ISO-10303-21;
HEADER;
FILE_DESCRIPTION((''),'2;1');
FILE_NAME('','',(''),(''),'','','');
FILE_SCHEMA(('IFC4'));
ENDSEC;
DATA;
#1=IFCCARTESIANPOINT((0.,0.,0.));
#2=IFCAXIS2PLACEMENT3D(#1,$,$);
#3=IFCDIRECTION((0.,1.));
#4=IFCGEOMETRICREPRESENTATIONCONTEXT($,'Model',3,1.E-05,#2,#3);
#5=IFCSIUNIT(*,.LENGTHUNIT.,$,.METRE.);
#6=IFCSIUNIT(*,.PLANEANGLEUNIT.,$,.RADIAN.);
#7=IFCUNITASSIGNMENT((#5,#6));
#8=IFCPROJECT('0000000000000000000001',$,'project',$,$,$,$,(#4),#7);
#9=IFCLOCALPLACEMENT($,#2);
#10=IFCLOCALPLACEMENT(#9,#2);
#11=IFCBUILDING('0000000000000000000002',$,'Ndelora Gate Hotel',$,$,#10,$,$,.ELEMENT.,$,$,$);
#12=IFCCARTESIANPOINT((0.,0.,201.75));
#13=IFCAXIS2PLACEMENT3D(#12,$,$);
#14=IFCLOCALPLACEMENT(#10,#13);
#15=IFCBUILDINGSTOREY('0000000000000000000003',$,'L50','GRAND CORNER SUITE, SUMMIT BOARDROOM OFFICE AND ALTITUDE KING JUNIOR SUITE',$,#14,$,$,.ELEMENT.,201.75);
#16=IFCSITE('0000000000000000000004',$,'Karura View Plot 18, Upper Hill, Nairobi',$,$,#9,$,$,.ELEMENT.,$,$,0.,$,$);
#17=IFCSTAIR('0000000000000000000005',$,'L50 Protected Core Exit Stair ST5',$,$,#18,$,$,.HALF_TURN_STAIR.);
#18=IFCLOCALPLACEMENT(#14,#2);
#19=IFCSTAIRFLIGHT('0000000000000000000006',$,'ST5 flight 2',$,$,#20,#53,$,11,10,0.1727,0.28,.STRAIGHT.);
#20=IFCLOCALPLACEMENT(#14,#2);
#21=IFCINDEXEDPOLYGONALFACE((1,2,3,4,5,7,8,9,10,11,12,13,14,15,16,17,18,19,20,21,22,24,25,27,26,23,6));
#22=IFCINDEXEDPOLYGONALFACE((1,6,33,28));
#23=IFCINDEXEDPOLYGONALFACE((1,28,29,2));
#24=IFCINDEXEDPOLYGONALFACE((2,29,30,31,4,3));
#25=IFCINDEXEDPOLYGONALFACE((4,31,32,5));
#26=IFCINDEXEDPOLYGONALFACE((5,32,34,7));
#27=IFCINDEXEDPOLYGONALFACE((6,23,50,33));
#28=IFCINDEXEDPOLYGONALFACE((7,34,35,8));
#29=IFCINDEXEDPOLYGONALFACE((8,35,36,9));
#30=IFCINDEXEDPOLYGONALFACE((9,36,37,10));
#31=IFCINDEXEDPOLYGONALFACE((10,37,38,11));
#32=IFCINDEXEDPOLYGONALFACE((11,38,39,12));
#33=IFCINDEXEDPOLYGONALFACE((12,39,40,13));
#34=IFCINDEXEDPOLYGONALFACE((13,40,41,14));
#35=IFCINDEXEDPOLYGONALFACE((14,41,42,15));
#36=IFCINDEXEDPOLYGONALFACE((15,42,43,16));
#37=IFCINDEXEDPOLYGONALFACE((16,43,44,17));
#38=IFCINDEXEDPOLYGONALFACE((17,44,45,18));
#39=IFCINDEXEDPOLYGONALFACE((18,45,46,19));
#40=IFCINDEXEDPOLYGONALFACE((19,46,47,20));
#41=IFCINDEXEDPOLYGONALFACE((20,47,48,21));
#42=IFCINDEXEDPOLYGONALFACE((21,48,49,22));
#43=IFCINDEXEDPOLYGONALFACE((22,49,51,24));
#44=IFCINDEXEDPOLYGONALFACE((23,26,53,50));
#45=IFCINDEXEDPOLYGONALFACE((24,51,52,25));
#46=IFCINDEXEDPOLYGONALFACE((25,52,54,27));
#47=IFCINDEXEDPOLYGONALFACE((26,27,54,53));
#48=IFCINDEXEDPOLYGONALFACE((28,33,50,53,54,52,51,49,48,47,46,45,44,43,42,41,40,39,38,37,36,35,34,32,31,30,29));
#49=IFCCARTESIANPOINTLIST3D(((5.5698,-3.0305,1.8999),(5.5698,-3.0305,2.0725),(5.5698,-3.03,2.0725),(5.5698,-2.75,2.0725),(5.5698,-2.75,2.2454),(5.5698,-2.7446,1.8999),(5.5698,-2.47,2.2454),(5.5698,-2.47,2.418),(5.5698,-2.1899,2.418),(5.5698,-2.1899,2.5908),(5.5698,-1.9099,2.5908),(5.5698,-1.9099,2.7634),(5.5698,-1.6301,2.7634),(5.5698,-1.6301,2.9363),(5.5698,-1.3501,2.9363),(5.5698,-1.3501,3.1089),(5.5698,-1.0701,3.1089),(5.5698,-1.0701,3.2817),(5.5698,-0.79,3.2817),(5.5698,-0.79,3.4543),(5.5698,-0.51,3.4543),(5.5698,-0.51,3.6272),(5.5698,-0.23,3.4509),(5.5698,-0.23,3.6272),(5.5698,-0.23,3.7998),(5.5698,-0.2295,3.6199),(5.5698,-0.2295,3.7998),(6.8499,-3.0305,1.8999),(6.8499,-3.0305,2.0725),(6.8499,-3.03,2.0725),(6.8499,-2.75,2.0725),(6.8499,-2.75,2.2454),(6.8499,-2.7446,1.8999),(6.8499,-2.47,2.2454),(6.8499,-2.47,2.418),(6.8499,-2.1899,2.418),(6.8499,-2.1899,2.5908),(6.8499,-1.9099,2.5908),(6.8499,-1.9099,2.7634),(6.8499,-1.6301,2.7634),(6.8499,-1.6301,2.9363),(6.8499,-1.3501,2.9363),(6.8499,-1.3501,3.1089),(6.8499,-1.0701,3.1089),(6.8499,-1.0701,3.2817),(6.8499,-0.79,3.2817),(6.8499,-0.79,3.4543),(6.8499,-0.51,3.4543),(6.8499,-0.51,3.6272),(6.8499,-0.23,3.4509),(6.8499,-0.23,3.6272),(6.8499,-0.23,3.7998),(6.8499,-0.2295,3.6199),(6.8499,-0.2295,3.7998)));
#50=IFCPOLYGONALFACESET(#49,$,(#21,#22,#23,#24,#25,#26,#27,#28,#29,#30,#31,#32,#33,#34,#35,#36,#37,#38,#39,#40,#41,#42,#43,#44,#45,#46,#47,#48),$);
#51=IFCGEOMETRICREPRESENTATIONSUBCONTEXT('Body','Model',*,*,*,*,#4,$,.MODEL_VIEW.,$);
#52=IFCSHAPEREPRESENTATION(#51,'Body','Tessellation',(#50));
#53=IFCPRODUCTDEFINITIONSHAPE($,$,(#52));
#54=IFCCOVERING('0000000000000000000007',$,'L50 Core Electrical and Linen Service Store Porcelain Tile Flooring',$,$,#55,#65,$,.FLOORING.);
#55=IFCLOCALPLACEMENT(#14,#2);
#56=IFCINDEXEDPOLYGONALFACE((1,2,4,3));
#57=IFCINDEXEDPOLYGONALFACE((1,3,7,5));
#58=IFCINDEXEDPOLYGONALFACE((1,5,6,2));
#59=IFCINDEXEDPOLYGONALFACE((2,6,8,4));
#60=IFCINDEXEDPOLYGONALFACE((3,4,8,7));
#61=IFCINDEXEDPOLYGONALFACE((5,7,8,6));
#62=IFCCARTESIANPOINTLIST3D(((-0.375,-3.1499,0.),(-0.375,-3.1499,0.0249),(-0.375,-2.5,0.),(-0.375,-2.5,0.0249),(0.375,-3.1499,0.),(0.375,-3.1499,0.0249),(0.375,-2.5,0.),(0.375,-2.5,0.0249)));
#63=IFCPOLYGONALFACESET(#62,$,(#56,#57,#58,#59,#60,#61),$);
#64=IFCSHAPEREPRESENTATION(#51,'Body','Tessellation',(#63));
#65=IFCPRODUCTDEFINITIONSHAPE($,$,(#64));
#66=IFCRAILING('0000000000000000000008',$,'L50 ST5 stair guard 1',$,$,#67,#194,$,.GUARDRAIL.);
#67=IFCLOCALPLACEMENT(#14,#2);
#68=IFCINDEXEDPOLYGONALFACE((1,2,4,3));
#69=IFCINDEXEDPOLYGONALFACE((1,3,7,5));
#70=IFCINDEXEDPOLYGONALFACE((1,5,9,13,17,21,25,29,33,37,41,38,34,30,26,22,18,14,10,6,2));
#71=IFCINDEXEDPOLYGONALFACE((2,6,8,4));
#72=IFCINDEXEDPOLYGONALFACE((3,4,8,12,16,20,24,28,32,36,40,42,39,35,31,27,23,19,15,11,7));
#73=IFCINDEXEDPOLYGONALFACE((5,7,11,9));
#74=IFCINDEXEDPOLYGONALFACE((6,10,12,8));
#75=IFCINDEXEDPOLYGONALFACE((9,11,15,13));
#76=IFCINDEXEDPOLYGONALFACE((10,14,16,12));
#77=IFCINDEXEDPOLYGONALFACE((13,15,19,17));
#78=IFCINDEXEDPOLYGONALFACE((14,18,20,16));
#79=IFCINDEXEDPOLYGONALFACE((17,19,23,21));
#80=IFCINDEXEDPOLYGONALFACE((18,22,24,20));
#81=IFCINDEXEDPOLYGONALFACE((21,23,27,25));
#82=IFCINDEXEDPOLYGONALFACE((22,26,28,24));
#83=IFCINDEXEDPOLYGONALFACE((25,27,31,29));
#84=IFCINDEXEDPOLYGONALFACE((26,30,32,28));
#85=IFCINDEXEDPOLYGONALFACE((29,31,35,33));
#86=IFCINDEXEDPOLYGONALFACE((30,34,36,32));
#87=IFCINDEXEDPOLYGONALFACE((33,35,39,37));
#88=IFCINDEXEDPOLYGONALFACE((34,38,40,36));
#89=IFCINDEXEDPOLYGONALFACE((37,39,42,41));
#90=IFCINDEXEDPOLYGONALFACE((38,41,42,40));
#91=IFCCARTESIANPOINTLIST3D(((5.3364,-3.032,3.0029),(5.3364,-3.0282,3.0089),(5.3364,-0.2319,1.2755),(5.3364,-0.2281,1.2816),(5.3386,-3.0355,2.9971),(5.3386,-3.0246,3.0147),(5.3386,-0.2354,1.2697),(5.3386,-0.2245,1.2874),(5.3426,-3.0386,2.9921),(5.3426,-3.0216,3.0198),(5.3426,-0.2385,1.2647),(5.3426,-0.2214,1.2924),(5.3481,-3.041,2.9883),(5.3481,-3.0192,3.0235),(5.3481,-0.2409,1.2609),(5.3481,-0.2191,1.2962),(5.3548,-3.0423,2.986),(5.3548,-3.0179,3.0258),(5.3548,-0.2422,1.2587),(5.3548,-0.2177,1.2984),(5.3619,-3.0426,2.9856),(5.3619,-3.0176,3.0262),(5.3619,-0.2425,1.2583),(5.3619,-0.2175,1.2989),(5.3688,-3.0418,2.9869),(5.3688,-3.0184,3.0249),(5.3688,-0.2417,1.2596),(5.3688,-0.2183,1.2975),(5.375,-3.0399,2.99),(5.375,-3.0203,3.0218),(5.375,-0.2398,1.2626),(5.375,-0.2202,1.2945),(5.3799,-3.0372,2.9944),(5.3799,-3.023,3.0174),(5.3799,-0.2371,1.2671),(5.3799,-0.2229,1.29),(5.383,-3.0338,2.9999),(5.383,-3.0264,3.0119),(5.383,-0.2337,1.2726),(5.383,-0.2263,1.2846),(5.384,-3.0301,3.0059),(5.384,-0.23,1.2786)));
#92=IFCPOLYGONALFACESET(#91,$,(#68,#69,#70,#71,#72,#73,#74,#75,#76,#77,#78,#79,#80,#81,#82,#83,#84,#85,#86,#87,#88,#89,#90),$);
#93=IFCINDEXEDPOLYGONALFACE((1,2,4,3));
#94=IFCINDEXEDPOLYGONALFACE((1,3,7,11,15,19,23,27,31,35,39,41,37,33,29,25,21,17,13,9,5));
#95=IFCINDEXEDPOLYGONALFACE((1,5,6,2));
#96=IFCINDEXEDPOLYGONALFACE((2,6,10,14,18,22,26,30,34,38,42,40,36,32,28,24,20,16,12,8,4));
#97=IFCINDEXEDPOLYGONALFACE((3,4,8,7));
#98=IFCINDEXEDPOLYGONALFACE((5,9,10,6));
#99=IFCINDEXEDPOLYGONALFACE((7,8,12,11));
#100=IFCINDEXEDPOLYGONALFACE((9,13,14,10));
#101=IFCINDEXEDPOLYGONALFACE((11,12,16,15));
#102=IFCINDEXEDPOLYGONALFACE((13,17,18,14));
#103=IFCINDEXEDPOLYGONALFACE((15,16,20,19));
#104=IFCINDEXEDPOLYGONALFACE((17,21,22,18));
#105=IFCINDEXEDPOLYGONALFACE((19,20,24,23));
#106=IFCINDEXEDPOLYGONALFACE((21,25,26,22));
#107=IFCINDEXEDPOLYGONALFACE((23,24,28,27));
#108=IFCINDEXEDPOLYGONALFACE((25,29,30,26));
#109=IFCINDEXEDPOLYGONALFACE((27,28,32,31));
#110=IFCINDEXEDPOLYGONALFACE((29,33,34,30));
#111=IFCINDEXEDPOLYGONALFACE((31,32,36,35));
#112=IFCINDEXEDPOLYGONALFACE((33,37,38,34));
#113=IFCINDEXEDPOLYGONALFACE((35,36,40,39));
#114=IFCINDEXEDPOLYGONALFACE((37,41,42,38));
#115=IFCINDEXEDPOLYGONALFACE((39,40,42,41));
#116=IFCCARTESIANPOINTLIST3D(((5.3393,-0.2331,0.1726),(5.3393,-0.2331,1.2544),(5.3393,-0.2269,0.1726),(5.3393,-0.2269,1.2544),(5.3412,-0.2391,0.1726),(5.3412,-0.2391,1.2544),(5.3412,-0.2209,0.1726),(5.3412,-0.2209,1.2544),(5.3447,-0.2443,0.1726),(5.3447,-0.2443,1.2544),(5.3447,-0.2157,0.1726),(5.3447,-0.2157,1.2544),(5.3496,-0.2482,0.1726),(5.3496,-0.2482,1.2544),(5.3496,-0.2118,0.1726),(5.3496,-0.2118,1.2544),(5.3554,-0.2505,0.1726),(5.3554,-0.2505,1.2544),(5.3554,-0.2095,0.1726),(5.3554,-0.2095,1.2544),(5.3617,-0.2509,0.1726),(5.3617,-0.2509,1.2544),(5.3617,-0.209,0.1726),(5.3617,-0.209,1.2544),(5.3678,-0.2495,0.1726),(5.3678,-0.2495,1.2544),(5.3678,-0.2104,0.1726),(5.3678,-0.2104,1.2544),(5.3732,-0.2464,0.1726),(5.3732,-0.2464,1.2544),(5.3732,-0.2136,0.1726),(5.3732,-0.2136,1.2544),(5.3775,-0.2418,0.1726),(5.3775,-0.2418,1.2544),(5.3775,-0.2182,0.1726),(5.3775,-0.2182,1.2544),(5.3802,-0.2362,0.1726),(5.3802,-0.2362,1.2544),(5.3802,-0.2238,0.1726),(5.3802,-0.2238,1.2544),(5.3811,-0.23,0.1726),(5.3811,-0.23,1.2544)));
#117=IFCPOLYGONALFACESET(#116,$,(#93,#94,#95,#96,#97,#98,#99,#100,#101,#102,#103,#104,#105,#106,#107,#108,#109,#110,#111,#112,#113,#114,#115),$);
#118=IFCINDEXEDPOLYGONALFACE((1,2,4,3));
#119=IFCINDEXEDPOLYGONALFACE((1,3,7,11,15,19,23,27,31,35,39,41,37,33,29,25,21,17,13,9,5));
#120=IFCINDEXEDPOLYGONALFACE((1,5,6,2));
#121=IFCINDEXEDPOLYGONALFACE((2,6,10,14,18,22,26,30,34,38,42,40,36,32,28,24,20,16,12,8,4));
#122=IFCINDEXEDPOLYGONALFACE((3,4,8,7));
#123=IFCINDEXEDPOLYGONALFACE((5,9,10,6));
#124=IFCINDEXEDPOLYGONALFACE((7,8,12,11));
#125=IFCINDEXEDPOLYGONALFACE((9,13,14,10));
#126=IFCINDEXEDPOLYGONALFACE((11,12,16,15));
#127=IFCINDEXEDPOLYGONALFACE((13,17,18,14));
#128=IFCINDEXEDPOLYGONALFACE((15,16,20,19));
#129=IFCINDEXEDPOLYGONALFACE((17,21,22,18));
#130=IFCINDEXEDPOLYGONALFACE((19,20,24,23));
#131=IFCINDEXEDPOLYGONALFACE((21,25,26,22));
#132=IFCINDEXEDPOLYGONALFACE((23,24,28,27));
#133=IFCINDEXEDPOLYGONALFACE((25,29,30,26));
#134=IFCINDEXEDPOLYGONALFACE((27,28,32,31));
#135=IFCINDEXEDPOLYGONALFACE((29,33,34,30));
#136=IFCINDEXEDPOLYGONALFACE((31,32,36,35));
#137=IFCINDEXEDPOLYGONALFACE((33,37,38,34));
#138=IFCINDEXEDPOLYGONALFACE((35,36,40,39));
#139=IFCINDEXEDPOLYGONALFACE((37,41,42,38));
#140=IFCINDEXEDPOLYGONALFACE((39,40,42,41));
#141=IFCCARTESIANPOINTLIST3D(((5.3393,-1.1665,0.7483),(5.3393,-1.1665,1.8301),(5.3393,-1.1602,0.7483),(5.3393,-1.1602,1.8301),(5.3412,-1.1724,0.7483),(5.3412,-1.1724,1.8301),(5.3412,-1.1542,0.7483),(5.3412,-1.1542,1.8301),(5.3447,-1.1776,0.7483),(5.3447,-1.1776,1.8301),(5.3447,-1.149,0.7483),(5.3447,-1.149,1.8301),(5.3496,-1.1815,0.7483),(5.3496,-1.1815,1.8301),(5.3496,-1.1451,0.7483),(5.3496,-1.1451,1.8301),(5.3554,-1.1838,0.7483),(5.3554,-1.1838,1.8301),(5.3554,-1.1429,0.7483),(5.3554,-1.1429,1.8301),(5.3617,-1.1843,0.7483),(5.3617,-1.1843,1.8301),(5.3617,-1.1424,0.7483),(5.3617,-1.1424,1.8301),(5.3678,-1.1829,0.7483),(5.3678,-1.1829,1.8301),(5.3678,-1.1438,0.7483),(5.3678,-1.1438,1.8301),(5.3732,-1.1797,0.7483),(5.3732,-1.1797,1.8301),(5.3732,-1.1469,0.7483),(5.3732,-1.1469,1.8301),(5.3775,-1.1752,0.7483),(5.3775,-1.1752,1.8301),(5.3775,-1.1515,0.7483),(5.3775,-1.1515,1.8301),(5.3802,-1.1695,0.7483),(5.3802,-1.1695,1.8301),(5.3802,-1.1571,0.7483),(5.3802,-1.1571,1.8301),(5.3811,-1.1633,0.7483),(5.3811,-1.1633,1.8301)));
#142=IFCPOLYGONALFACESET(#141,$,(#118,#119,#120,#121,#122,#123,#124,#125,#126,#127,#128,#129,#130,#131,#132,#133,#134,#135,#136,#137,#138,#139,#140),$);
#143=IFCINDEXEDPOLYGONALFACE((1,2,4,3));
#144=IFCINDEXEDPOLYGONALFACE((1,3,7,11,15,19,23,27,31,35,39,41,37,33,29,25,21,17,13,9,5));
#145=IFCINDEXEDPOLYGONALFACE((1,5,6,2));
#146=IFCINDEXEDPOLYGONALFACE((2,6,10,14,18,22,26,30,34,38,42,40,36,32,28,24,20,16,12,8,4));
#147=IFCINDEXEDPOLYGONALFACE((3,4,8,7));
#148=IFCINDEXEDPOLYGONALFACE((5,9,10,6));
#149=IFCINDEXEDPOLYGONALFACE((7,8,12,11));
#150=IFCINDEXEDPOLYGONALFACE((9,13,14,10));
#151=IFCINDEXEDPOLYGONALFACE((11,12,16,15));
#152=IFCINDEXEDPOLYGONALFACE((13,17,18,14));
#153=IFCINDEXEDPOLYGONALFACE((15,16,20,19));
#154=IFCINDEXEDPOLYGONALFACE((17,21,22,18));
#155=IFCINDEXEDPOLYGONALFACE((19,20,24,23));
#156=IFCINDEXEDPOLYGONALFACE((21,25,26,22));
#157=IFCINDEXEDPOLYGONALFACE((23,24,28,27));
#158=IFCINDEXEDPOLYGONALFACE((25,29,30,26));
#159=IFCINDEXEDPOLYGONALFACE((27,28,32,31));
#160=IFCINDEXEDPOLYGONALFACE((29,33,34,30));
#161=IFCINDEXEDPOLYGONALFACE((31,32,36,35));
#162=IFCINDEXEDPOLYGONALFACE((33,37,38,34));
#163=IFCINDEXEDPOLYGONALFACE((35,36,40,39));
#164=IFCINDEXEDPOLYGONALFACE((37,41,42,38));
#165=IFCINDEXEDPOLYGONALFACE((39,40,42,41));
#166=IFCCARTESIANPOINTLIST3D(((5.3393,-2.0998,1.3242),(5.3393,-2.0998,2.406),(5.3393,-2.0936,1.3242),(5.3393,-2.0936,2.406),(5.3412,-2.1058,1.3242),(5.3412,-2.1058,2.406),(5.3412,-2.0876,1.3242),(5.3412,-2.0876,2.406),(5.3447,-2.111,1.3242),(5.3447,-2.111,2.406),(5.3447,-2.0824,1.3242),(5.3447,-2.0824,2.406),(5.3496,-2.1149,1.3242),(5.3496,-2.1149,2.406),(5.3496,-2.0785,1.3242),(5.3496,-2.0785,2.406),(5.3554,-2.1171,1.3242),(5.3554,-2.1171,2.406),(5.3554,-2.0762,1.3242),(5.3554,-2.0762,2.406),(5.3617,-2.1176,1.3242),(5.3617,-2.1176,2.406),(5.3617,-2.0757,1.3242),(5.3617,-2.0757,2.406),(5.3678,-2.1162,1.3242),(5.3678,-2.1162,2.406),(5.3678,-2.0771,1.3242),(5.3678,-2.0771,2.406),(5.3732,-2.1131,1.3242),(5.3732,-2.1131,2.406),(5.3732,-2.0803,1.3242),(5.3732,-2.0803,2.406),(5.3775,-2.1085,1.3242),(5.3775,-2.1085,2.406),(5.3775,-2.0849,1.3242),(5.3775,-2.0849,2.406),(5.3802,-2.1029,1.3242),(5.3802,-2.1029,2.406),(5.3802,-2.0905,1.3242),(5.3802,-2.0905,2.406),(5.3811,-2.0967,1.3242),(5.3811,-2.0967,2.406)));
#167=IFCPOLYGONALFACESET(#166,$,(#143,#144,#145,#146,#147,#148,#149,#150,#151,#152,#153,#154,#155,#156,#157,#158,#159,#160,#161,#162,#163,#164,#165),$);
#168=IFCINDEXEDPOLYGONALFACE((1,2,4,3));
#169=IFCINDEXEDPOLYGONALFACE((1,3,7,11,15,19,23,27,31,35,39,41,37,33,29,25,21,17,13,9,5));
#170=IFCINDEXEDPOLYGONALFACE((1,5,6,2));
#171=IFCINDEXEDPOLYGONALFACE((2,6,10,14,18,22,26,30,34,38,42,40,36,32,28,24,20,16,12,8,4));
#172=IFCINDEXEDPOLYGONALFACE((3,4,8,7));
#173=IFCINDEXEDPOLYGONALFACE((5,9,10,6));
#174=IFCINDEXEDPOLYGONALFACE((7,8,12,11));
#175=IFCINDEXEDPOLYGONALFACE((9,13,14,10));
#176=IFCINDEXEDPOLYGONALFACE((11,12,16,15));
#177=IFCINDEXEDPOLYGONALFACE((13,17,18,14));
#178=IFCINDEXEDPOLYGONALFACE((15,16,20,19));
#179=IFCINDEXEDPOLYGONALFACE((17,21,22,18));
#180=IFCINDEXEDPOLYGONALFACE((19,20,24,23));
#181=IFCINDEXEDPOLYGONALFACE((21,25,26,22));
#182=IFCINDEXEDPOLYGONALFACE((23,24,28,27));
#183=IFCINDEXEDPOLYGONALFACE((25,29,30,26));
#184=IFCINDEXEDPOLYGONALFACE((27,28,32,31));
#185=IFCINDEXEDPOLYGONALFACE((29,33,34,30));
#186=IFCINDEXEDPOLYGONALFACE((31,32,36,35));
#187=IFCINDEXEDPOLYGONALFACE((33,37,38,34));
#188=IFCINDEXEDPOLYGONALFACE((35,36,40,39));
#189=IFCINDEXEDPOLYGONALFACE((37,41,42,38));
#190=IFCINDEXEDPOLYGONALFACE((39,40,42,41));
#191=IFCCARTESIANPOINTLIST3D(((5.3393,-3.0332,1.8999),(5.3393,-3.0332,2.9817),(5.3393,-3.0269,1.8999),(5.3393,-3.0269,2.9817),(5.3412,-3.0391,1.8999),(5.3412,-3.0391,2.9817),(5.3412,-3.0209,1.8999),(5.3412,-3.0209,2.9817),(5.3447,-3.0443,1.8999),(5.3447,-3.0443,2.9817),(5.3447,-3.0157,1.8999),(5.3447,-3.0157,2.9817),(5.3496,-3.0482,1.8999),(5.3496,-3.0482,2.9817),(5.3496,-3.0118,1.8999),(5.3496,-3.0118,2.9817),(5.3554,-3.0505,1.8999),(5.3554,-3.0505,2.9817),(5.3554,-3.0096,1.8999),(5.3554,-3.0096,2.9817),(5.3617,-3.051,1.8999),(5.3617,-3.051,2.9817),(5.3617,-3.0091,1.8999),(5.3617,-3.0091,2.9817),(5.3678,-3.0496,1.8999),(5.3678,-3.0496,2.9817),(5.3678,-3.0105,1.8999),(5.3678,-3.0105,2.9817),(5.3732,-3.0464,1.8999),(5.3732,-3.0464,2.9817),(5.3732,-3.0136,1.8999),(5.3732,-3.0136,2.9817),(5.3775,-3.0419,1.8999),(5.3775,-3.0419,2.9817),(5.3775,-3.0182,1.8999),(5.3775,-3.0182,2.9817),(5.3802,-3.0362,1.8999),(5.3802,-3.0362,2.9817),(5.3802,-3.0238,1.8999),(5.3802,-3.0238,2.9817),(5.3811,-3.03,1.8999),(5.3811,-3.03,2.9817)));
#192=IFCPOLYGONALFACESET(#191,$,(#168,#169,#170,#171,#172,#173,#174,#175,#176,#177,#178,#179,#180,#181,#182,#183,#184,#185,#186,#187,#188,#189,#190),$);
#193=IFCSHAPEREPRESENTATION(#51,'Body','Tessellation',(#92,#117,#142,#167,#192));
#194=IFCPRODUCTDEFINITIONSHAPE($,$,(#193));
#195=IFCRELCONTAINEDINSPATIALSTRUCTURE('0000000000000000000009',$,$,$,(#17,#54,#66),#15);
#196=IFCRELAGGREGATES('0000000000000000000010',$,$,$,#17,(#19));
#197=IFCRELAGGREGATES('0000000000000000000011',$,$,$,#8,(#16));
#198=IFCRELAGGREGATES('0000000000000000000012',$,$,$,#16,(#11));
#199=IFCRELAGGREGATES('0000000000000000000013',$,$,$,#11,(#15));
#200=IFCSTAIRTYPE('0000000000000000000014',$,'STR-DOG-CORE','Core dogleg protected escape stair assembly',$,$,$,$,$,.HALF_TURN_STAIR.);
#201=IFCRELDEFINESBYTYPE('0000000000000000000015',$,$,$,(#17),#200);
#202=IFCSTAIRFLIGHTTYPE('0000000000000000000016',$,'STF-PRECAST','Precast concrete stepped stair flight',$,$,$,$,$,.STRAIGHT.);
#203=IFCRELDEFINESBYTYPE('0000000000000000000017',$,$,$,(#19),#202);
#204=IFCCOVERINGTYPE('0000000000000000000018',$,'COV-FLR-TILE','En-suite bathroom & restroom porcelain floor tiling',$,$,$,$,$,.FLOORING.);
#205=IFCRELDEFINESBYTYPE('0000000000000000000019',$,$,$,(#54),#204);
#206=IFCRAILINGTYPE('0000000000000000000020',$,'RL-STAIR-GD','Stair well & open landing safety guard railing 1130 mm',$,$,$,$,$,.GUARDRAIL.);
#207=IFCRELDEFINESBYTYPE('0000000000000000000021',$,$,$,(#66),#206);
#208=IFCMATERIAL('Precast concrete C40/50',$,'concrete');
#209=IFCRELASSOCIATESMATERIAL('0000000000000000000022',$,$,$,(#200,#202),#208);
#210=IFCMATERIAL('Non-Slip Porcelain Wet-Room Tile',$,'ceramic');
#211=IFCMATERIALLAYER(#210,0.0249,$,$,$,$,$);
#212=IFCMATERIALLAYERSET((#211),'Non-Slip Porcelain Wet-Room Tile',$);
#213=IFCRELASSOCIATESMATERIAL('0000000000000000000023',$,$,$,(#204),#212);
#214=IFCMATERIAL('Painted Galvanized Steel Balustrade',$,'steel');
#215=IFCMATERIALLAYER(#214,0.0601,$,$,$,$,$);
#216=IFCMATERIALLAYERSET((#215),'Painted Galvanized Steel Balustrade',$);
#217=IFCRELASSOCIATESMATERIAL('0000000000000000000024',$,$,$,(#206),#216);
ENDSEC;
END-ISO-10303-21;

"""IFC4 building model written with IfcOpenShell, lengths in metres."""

from ifc_helpers import new_model, si_unit, direction, frame, origin, origin_2d, place, context, subcontext, project, spatial, polyline, rectangle, circle, outline, extrude, material, layer, layer_set, type_object, element, aggregate, save


model = new_model("IFC4")

# Units and contexts
model_context = context("Model", 3, precision=1e-05, world=origin(), true_north=direction((0.0, 1.0)))
body_context = subcontext(model_context, "Body", "Model", "MODEL_VIEW")
ifc_project = project(units=[si_unit("LENGTHUNIT", "METRE"), si_unit("PLANEANGLEUNIT", "RADIAN")], contexts=[model_context])

# Site, building, storey
site_placement = place(None, origin())
site = spatial("IfcSite", under=ifc_project, at=site_placement, Name="Karura View Plot 18, Upper Hill, Nairobi", CompositionType="ELEMENT", RefElevation=0.0)
building_placement = place(site_placement, origin())
building = spatial("IfcBuilding", under=site, at=building_placement, Name="Ndelora Gate Hotel", CompositionType="ELEMENT")
storey_placement = place(building_placement, frame((0.0, 0.0, 201.75)))
storey = spatial("IfcBuildingStorey", under=building, at=storey_placement, Name="L50", Description="GRAND CORNER SUITE, SUMMIT BOARDROOM OFFICE AND ALTITUDE KING JUNIOR SUITE", CompositionType="ELEMENT", Elevation=201.75)

# Stair, stair flight
ifc_material_1 = material(Name="Precast concrete C40/50", Category="concrete")
stair_type = type_object("IfcStairType", Name="STR-DOG-CORE", Description="Core dogleg protected escape stair assembly", PredefinedType="HALF_TURN_STAIR", material=ifc_material_1)
stair_placement = place(storey_placement, origin())
stair = element("IfcStair", 1, at=stair_placement, inside=storey, type_object=stair_type, Name="L50 Protected Core Exit Stair ST5", PredefinedType="HALF_TURN_STAIR")
stair_flight_type = type_object("IfcStairFlightType", Name="STF-PRECAST", Description="Precast concrete stepped stair flight", PredefinedType="STRAIGHT", material=ifc_material_1)
stair_flight_1_placement = place(storey_placement, frame((6.21, -3.03, 1.8999), z_axis=(0.0, 0.0, 1.0), x_axis=(0.0, 1.0, 0.0)))
stair_flight_1 = element("IfcStairFlight", 2, at=stair_flight_1_placement, type_object=stair_flight_type, Name="ST5 flight 2", NumberOfRisers=11, NumberOfTreads=10, PredefinedType="STRAIGHT", RiserHeight=0.1727, TreadLength=0.28, context=body_context, shape_type="SweptSolid", body=[
    extrude(outline(polyline([(-0.0005, 0.0), (-0.0005, 0.1726), (0.0, 0.1726), (0.28, 0.1726), (0.28, 0.3455), (0.5601, 0.3455), (0.5601, 0.5181), (0.8401, 0.5181), (0.8401, 0.6909), (1.1201, 0.6909), (1.1201, 0.8635), (1.3999, 0.8635), (1.3999, 1.0364), (1.6799, 1.0364), (1.6799, 1.209), (1.96, 1.209), (1.96, 1.3818), (2.24, 1.3818), (2.24, 1.5544), (2.52, 1.5544), (2.52, 1.7273), (2.8, 1.7273), (2.8, 1.8999), (2.8005, 1.8999), (2.8005, 1.72), (2.8, 1.551), (0.2854, 0.0), (-0.0005, 0.0)])), frame((0.0, 0.6401, 0.0), z_axis=(0.0, -1.0, 0.0), x_axis=(1.0, 0.0, 0.0)), (0.0, 0.0, 1.0), 1.28),
])
aggregate(stair, [stair_flight_1])

# Covering
ifc_material_2 = material(Name="Non-Slip Porcelain Wet-Room Tile", Category="ceramic")
ifc_layer_1 = layer(ifc_material_2, 0.0249)
ifc_layer_set_1 = layer_set([ifc_layer_1], Name="Non-Slip Porcelain Wet-Room Tile")
covering_type = type_object("IfcCoveringType", Name="COV-FLR-TILE", Description="En-suite bathroom & restroom porcelain floor tiling", PredefinedType="FLOORING", material=ifc_layer_set_1)
covering_placement = place(storey_placement, frame((0.0, -2.825, 0.0), z_axis=(0.0, 0.0, 1.0), x_axis=(1.0, 0.0, 0.0)))
element("IfcCovering", 3, at=covering_placement, inside=storey, type_object=covering_type, Name="L50 Core Electrical and Linen Service Store Porcelain Tile Flooring", PredefinedType="FLOORING", context=body_context, shape_type="SweptSolid", body=[
    extrude(rectangle(XDim=0.75, YDim=0.6499, at=origin_2d()), origin(), (0.0, 0.0, 1.0), 0.0249),
])

# Railing
ifc_material_3 = material(Name="Painted Galvanized Steel Balustrade", Category="steel")
ifc_layer_2 = layer(ifc_material_3, 0.0601)
ifc_layer_set_2 = layer_set([ifc_layer_2], Name="Painted Galvanized Steel Balustrade")
railing_type_1 = type_object("IfcRailingType", Name="RL-STAIR-GD", Description="Stair well & open landing safety guard railing 1130 mm", PredefinedType="GUARDRAIL", material=ifc_layer_set_2)
railing_1_placement = place(storey_placement, frame((5.3601, -0.23, 0.1726)))
element("IfcRailing", 4, at=railing_1_placement, inside=storey, type_object=railing_type_1, Name="L50 ST5 stair guard 1", PredefinedType="GUARDRAIL", context=body_context, shape_type="SweptSolid", body=[
    extrude(circle(Radius=0.0239, at=origin_2d()), frame((0.0, 0.0, 1.106), z_axis=(0.0, -0.85109, 0.52502), x_axis=(1.0, 0.0, 0.0)), (0.0, 0.0, 1.0), 3.29),
    extrude(circle(Radius=0.021, at=origin_2d()), origin(), (0.0, 0.0, 1.0), 1.0818),
    extrude(circle(Radius=0.021, at=origin_2d()), frame((0.0, -0.9333, 0.5757)), (0.0, 0.0, 1.0), 1.0818),
    extrude(circle(Radius=0.021, at=origin_2d()), frame((0.0, -1.8667, 1.1516)), (0.0, 0.0, 1.0), 1.0818),
    extrude(circle(Radius=0.021, at=origin_2d()), frame((0.0, -2.8, 1.7273)), (0.0, 0.0, 1.0), 1.0818),
])

save(model, "model.ifc")
